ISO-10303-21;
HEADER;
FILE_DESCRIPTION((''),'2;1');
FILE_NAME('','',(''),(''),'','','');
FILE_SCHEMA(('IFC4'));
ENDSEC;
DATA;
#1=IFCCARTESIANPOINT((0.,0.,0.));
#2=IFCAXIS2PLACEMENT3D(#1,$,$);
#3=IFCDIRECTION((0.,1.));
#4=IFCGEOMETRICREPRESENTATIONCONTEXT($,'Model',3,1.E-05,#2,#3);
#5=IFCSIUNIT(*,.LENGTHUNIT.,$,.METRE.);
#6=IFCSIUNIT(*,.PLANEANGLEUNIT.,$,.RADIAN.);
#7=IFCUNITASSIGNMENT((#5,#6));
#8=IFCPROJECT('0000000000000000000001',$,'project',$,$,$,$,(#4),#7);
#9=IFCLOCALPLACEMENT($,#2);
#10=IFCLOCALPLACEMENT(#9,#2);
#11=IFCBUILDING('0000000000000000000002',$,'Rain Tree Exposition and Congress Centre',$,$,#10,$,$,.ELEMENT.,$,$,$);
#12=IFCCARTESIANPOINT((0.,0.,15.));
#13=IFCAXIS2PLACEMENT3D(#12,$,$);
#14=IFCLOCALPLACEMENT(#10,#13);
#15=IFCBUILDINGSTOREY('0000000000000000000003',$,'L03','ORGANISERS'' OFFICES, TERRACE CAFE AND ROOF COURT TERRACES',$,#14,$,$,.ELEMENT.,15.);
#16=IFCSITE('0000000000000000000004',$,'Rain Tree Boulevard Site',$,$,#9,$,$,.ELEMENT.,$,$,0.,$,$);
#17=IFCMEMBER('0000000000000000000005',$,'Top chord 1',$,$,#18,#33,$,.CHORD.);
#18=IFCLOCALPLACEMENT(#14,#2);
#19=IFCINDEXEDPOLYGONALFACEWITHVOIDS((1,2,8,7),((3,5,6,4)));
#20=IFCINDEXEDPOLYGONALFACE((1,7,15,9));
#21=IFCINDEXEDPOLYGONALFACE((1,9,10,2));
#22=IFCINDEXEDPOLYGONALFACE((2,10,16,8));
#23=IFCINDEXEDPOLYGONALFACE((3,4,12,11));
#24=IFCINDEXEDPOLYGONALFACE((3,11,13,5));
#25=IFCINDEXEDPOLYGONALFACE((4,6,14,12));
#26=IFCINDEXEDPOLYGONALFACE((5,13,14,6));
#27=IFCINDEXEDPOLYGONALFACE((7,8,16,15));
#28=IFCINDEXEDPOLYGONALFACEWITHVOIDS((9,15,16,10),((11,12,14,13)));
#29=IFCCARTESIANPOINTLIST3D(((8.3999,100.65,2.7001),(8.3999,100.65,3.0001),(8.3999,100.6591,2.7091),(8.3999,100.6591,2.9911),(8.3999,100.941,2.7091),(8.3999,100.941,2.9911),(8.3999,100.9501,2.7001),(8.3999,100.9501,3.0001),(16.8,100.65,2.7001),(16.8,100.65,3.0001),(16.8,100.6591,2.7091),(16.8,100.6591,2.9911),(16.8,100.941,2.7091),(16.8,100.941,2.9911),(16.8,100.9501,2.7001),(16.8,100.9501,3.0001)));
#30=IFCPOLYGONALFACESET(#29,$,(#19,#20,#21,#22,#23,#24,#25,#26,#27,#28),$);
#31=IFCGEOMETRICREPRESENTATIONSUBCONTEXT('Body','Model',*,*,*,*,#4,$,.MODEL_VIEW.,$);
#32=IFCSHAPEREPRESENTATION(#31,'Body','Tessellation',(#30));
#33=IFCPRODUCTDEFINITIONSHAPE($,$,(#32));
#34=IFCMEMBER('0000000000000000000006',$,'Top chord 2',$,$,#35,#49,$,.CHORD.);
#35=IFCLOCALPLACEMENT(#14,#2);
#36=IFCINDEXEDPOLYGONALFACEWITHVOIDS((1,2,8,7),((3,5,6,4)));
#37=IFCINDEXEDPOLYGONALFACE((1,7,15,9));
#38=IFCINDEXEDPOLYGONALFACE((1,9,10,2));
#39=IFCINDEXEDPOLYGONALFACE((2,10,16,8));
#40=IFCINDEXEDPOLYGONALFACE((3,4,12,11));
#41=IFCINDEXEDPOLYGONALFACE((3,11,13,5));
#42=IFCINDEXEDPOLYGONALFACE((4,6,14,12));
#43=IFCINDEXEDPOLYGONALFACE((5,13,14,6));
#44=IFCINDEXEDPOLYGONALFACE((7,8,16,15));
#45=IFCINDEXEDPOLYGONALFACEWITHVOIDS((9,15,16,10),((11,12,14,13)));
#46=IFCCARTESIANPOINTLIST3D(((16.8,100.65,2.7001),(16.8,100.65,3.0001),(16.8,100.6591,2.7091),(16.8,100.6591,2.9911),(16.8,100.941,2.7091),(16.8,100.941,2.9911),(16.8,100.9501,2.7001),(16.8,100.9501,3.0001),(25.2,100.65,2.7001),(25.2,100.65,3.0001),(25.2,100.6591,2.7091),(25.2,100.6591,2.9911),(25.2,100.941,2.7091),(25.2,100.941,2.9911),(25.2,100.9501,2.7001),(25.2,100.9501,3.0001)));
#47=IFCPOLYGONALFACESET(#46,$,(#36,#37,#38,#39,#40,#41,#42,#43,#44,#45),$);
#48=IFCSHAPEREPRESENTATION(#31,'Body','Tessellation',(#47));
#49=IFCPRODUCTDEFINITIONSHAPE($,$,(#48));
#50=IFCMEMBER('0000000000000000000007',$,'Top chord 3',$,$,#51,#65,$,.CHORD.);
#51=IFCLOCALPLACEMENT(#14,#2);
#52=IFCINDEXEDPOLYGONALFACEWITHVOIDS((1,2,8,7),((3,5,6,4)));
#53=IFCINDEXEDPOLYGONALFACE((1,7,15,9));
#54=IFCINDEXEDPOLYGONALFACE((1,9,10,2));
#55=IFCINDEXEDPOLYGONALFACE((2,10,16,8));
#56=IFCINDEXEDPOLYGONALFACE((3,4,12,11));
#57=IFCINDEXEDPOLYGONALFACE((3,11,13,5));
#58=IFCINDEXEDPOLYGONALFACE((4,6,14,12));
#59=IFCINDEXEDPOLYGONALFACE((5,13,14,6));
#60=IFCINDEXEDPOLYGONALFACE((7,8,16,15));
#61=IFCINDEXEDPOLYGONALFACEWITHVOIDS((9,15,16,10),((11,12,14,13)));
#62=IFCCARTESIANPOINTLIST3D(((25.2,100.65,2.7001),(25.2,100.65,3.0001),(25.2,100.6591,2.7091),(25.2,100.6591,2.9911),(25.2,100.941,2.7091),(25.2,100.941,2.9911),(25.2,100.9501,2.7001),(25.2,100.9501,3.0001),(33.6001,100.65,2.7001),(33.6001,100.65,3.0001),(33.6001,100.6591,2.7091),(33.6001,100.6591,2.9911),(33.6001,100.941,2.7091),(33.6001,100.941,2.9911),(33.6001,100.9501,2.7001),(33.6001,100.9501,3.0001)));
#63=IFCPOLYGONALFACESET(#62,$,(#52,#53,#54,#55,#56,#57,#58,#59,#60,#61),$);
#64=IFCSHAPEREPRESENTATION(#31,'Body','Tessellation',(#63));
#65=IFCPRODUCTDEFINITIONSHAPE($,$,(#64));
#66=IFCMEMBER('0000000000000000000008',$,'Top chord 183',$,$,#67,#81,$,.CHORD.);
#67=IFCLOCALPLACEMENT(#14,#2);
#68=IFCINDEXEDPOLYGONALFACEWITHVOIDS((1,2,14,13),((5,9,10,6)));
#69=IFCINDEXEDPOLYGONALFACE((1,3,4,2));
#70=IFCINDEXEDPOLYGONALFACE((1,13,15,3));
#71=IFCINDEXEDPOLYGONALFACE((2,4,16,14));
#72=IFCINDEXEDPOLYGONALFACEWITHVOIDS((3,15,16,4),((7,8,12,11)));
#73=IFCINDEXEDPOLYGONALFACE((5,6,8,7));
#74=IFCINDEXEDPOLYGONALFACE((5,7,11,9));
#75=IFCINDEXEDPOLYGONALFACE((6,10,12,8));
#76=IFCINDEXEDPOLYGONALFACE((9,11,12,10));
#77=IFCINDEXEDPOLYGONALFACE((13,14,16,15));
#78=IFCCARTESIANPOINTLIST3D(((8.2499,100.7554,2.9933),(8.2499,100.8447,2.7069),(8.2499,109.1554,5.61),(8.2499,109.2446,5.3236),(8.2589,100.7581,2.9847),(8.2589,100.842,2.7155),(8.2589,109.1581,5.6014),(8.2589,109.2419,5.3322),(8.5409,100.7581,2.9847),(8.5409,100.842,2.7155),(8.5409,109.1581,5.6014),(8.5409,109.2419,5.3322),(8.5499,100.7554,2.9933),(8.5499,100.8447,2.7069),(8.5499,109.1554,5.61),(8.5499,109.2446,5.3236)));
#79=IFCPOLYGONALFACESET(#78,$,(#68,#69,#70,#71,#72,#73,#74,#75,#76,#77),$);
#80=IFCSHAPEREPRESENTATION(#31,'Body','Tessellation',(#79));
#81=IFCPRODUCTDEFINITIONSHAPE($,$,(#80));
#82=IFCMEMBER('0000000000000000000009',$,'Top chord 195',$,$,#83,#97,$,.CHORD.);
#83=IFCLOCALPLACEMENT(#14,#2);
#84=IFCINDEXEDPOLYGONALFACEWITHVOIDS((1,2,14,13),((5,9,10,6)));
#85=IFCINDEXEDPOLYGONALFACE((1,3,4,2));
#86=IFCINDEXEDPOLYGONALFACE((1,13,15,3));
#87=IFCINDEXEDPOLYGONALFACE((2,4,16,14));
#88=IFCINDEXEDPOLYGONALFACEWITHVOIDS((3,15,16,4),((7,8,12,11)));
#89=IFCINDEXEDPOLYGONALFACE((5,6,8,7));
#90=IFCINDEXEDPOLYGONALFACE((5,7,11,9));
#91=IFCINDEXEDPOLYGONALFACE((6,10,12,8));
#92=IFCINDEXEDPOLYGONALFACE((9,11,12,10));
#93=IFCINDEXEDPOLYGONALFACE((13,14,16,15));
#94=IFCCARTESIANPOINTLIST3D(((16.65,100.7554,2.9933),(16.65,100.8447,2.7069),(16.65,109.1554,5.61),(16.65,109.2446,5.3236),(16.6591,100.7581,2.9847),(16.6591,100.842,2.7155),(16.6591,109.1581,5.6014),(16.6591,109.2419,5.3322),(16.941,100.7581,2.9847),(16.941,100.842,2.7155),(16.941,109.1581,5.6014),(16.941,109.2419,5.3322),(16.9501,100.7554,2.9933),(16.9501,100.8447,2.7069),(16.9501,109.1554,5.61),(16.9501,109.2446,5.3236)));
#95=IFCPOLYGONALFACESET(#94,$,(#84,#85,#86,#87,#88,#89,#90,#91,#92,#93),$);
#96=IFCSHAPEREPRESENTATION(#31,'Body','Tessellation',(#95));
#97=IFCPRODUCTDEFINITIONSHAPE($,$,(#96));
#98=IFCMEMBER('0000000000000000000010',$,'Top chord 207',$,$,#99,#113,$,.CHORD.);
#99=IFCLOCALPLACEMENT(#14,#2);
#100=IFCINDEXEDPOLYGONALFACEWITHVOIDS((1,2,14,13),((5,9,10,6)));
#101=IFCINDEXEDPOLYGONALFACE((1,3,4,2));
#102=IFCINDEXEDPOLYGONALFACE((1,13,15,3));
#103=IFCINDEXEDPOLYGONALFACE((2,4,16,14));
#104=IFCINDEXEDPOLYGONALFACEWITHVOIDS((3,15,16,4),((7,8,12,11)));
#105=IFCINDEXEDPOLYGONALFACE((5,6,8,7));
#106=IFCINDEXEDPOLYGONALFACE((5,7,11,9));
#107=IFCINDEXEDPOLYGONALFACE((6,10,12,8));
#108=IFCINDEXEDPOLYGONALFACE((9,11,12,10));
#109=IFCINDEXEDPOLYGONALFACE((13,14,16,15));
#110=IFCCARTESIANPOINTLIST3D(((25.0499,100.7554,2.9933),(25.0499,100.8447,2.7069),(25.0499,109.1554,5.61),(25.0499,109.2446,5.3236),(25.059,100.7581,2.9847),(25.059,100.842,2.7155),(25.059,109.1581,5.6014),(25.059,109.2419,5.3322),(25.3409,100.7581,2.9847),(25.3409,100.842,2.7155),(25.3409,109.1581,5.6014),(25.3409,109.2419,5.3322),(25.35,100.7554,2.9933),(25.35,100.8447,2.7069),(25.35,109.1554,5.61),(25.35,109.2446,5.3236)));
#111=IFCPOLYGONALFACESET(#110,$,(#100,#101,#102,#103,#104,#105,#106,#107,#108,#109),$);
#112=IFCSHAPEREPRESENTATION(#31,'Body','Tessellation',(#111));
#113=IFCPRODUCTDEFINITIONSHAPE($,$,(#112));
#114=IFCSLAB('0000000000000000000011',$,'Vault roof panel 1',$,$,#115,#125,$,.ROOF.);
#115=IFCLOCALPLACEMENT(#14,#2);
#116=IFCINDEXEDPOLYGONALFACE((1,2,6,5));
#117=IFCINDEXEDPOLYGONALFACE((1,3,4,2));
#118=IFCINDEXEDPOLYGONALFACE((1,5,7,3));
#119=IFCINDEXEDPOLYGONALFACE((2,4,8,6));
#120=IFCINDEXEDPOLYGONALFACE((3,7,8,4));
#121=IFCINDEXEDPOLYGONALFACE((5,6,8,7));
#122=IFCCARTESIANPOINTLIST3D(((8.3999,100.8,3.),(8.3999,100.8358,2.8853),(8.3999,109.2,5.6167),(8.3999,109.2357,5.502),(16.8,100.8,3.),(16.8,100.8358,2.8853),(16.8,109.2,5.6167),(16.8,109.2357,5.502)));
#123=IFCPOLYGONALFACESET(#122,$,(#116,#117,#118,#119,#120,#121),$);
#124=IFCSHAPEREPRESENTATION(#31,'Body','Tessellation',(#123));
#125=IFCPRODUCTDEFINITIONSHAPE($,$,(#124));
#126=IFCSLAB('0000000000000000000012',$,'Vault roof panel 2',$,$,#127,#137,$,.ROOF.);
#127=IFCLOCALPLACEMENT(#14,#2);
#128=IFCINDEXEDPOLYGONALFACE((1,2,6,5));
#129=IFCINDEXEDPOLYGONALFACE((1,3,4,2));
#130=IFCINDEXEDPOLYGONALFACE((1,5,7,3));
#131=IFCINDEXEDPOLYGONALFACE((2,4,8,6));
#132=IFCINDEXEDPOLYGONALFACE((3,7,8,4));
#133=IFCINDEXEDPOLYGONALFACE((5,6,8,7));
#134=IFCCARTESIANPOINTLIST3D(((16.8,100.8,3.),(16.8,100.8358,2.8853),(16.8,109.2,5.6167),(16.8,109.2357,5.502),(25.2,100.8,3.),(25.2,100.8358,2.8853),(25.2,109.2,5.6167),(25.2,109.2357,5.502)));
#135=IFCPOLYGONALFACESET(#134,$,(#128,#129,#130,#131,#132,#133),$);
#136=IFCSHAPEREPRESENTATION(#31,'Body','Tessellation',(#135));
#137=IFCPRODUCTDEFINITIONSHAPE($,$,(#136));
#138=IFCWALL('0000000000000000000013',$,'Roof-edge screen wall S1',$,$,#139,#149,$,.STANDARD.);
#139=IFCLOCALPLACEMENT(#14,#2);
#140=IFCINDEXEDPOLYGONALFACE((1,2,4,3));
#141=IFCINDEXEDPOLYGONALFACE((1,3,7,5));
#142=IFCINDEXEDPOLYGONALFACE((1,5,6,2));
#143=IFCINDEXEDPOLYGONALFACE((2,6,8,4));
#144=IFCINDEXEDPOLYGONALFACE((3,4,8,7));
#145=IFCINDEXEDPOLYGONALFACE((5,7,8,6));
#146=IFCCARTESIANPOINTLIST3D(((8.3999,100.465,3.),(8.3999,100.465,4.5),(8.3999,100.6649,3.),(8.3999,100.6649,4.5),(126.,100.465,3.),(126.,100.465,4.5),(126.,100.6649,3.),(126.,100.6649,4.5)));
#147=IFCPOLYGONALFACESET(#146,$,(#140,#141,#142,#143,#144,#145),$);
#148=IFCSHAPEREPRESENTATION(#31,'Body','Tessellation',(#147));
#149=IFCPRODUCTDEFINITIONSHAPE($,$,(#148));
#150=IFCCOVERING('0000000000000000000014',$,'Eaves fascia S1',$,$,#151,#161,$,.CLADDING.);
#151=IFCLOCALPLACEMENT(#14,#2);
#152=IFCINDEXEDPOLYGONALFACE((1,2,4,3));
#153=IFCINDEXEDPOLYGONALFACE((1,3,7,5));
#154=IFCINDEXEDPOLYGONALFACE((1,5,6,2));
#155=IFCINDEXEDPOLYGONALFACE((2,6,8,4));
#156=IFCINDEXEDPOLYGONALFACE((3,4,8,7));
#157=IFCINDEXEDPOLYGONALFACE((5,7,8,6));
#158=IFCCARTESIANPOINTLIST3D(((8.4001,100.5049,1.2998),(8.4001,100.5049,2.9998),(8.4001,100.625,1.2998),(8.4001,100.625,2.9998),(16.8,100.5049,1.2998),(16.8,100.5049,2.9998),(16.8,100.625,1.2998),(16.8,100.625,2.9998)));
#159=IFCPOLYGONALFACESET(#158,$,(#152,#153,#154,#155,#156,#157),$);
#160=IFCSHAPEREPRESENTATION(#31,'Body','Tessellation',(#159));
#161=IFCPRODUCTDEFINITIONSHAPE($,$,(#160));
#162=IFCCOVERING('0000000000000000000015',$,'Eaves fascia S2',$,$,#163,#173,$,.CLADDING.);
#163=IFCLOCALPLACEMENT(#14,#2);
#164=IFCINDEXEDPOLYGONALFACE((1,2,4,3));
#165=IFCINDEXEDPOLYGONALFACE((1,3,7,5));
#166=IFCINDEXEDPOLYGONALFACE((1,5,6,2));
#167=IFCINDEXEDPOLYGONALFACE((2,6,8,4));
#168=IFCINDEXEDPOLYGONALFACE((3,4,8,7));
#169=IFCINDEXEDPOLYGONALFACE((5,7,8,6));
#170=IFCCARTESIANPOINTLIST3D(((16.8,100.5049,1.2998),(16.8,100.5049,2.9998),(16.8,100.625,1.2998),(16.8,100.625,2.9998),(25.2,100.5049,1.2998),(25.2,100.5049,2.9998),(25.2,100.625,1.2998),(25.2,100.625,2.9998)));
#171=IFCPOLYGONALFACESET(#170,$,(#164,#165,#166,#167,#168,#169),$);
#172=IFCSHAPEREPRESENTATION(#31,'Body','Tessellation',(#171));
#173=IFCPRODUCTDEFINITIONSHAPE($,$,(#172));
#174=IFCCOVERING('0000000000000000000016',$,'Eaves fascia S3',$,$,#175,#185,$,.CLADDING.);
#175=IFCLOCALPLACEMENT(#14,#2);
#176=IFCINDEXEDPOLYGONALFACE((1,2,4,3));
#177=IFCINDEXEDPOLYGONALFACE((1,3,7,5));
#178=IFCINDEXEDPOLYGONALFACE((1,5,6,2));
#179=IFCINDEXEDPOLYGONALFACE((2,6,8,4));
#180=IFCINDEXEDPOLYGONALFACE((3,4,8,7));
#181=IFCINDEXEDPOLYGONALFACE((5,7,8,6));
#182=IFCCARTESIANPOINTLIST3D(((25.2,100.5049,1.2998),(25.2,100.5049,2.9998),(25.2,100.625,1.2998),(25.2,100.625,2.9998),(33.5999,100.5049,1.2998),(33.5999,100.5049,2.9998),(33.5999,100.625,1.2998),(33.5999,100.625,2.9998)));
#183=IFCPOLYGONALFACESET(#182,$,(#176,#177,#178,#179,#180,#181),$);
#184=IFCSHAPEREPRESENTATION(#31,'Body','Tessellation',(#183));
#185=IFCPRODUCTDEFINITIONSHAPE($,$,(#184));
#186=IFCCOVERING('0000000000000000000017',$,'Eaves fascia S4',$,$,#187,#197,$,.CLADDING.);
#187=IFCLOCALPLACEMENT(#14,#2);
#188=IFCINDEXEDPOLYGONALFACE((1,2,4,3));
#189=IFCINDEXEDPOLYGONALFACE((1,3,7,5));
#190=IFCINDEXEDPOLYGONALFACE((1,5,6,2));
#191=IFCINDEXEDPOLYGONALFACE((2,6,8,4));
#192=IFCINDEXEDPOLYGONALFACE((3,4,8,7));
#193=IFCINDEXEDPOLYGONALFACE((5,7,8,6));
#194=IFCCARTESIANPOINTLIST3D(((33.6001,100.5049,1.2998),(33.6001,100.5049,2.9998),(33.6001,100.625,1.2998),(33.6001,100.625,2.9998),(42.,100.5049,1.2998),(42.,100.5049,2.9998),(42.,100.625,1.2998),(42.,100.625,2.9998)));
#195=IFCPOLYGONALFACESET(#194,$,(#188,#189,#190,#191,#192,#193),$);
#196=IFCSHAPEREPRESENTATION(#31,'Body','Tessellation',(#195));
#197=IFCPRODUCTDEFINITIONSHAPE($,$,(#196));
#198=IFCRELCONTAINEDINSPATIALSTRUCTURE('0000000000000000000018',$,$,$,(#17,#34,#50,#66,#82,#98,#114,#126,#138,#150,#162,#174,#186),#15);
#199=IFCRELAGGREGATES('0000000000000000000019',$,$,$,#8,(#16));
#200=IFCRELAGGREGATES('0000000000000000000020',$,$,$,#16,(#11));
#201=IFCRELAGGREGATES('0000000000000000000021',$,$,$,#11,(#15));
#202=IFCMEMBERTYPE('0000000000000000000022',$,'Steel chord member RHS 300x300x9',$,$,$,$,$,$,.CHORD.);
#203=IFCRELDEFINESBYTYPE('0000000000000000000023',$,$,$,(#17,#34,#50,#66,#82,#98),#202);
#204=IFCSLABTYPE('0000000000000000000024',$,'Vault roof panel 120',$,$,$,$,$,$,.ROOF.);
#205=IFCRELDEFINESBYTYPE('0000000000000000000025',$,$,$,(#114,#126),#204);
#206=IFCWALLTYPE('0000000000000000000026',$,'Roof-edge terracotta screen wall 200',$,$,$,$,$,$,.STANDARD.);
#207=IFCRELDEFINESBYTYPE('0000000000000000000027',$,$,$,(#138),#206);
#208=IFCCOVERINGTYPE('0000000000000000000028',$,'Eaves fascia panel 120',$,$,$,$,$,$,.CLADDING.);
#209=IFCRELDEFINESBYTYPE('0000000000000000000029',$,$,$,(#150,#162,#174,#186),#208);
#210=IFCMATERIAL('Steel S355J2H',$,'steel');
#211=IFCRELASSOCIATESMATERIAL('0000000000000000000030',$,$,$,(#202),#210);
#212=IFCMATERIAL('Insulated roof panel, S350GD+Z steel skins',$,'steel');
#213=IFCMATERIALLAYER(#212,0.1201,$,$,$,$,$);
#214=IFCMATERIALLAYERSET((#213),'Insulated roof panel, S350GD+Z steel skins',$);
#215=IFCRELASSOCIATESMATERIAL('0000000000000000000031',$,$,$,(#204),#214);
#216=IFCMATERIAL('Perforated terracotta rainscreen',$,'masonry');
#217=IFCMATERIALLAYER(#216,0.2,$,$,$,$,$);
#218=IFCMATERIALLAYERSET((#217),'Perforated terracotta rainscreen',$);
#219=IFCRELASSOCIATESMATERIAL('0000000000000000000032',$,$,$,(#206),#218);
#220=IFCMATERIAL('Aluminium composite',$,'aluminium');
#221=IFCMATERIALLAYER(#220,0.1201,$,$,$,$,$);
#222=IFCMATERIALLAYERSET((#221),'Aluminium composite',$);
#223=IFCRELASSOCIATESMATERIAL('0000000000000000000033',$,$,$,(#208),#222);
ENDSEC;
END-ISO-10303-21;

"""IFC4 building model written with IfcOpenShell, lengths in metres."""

from ifc_helpers import new_model, si_unit, direction, frame, frame_2d, origin, origin_2d, place, context, subcontext, project, spatial, polyline, rectangle, hollow_rectangle, outline, extrude, material, layer, layer_set, material_profile, profile_set, type_object, element, save


model = new_model("IFC4")

# Units and contexts
model_context = context("Model", 3, precision=1e-05, world=origin(), true_north=direction((0.0, 1.0)))
body_context = subcontext(model_context, "Body", "Model", "MODEL_VIEW")
ifc_project = project(units=[si_unit("LENGTHUNIT", "METRE"), si_unit("PLANEANGLEUNIT", "RADIAN")], contexts=[model_context])

# Site, building, storey
site_placement = place(None, origin())
site = spatial("IfcSite", under=ifc_project, at=site_placement, Name="Rain Tree Boulevard Site", CompositionType="ELEMENT", RefElevation=0.0)
building_placement = place(site_placement, origin())
building = spatial("IfcBuilding", under=site, at=building_placement, Name="Rain Tree Exposition and Congress Centre", CompositionType="ELEMENT")
storey_placement = place(building_placement, frame((0.0, 0.0, 15.0)))
storey = spatial("IfcBuildingStorey", under=building, at=storey_placement, Name="L03", Description="ORGANISERS' OFFICES, TERRACE CAFE AND ROOF COURT TERRACES", CompositionType="ELEMENT", Elevation=15.0)

# Members
ifc_material_1 = material(Name="Steel S355J2H", Category="steel")
ifc_material_profile_1 = material_profile(ifc_material_1, hollow_rectangle(XDim=0.3, YDim=0.3, WallThickness=0.009, at=origin_2d()), Name="RHS 300x300x9")
ifc_profile_set_1 = profile_set([ifc_material_profile_1], Name="Steel S355J2H")
member_type = type_object("IfcMemberType", Name="Steel chord member RHS 300x300x9", PredefinedType="CHORD", material=ifc_profile_set_1)
member_1_placement = place(storey_placement, frame((8.3999, 100.8, 2.8501), z_axis=(1.0, 0.0, 0.0), x_axis=(0.0, 1.0, 0.0)))
element("IfcMember", 1, at=member_1_placement, inside=storey, type_object=member_type, Name="Top chord 1", PredefinedType="CHORD", context=body_context, shape_type="SweptSolid", body=[
    extrude(hollow_rectangle(XDim=0.3, YDim=0.3, WallThickness=0.009, at=origin_2d()), origin(), (0.0, 0.0, 1.0), 8.4001),
])
member_2_placement = place(storey_placement, frame((16.8, 100.8, 2.8501), z_axis=(1.0, 0.0, 0.0), x_axis=(0.0, 1.0, 0.0)))
element("IfcMember", 2, at=member_2_placement, inside=storey, type_object=member_type, Name="Top chord 2", PredefinedType="CHORD", context=body_context, shape_type="SweptSolid", body=[
    extrude(hollow_rectangle(XDim=0.3, YDim=0.3, WallThickness=0.009, at=origin_2d()), origin(), (0.0, 0.0, 1.0), 8.3999),
])
member_3_placement = place(storey_placement, frame((25.2, 100.8, 2.8501), z_axis=(1.0, 0.0, 0.0), x_axis=(0.0, 1.0, 0.0)))
element("IfcMember", 3, at=member_3_placement, inside=storey, type_object=member_type, Name="Top chord 3", PredefinedType="CHORD", context=body_context, shape_type="SweptSolid", body=[
    extrude(hollow_rectangle(XDim=0.3, YDim=0.3, WallThickness=0.009, at=origin_2d()), origin(), (0.0, 0.0, 1.0), 8.4001),
])
for number, where, z_axis, x_axis, name in (
    (4, (8.3999, 100.8, 2.8501), (0.0, 0.954747, 0.297418), (-1.0, 0.0, 0.0), "Top chord 183"),
    (5, (16.8, 100.8, 2.8501), (0.0, 0.954747, 0.297418), (-1.0, 0.0, 0.0), "Top chord 195"),
    (6, (25.2, 100.8, 2.8501), (0.0, 0.954747, 0.297418), (-1.0, 0.0, 0.0), "Top chord 207"),
):
    element("IfcMember", number, at=place(storey_placement, frame(where, z_axis=z_axis, x_axis=x_axis)), inside=storey, type_object=member_type, Name=name, PredefinedType="CHORD", context=body_context, shape_type="SweptSolid", body=[
        extrude(hollow_rectangle(XDim=0.3, YDim=0.3, WallThickness=0.009, at=origin_2d()), origin(), (0.0, 0.0, 1.0), 8.7981),
    ])

# Slabs
ifc_material_2 = material(Name="Insulated roof panel, S350GD+Z steel skins", Category="steel")
ifc_layer_1 = layer(ifc_material_2, 0.1201)
ifc_layer_set_1 = layer_set([ifc_layer_1], Name="Insulated roof panel, S350GD+Z steel skins")
slab_type = type_object("IfcSlabType", Name="Vault roof panel 120", PredefinedType="ROOF", material=ifc_layer_set_1)
slab_1_placement = place(storey_placement, frame((8.3999, 100.8, 3.0), z_axis=(0.0, -0.297418, 0.954747), x_axis=(1.0, 0.0, 0.0)))
element("IfcSlab", 7, at=slab_1_placement, inside=storey, type_object=slab_type, Name="Vault roof panel 1", PredefinedType="ROOF", context=body_context, shape_type="SweptSolid", body=[
    extrude(outline(polyline([(0.0, 0.0), (8.4001, 0.0), (8.4001, 8.798), (0.0, 8.798), (0.0, 0.0)])), origin(), (0.0, 0.0, -1.0), 0.1201),
])
slab_2_placement = place(storey_placement, frame((16.8, 100.8, 3.0), z_axis=(0.0, -0.297418, 0.954747), x_axis=(1.0, 0.0, 0.0)))
element("IfcSlab", 8, at=slab_2_placement, inside=storey, type_object=slab_type, Name="Vault roof panel 2", PredefinedType="ROOF", context=body_context, shape_type="SweptSolid", body=[
    extrude(outline(polyline([(0.0, 0.0), (8.3999, 0.0), (8.3999, 8.798), (0.0, 8.798), (0.0, 0.0)])), origin(), (0.0, 0.0, -1.0), 0.1201),
])

# Wall
ifc_material_3 = material(Name="Perforated terracotta rainscreen", Category="masonry")
ifc_layer_2 = layer(ifc_material_3, 0.2)
ifc_layer_set_2 = layer_set([ifc_layer_2], Name="Perforated terracotta rainscreen")
wall_type = type_object("IfcWallType", Name="Roof-edge terracotta screen wall 200", PredefinedType="STANDARD", material=ifc_layer_set_2)
wall_placement = place(storey_placement, frame((8.3999, 100.5649, 3.0), z_axis=(0.0, 0.0, 1.0), x_axis=(1.0, 0.0, 0.0)))
element("IfcWall", 9, at=wall_placement, inside=storey, type_object=wall_type, Name="Roof-edge screen wall S1", PredefinedType="STANDARD", context=body_context, shape_type="SweptSolid", body=[
    extrude(rectangle(XDim=117.6001, YDim=0.2, at=frame_2d((58.8, 0.0))), origin(), (0.0, 0.0, 1.0), 1.5),
])

# Coverings
ifc_material_4 = material(Name="Aluminium composite", Category="aluminium")
ifc_layer_3 = layer(ifc_material_4, 0.1201)
ifc_layer_set_3 = layer_set([ifc_layer_3], Name="Aluminium composite")
covering_type_1 = type_object("IfcCoveringType", Name="Eaves fascia panel 120", PredefinedType="CLADDING", material=ifc_layer_set_3)
for number, where, z_axis, x_axis, name in (
    (10, (12.6001, 100.5649, 1.2998), (0.0, 0.0, 1.0), (1.0, 0.0, 0.0), "Eaves fascia S1"),
    (11, (21.0, 100.5649, 1.2998), (0.0, 0.0, 1.0), (1.0, 0.0, 0.0), "Eaves fascia S2"),
    (12, (29.3999, 100.5649, 1.2998), (0.0, 0.0, 1.0), (1.0, 0.0, 0.0), "Eaves fascia S3"),
    (13, (37.8, 100.5649, 1.2998), (0.0, 0.0, 1.0), (1.0, 0.0, 0.0), "Eaves fascia S4"),
):
    element("IfcCovering", number, at=place(storey_placement, frame(where, z_axis=z_axis, x_axis=x_axis)), inside=storey, type_object=covering_type_1, Name=name, PredefinedType="CLADDING", context=body_context, shape_type="SweptSolid", body=[
        extrude(rectangle(XDim=8.3999, YDim=0.1201, at=origin_2d()), origin(), (0.0, 0.0, 1.0), 1.7),
    ])

save(model, "model.ifc")
